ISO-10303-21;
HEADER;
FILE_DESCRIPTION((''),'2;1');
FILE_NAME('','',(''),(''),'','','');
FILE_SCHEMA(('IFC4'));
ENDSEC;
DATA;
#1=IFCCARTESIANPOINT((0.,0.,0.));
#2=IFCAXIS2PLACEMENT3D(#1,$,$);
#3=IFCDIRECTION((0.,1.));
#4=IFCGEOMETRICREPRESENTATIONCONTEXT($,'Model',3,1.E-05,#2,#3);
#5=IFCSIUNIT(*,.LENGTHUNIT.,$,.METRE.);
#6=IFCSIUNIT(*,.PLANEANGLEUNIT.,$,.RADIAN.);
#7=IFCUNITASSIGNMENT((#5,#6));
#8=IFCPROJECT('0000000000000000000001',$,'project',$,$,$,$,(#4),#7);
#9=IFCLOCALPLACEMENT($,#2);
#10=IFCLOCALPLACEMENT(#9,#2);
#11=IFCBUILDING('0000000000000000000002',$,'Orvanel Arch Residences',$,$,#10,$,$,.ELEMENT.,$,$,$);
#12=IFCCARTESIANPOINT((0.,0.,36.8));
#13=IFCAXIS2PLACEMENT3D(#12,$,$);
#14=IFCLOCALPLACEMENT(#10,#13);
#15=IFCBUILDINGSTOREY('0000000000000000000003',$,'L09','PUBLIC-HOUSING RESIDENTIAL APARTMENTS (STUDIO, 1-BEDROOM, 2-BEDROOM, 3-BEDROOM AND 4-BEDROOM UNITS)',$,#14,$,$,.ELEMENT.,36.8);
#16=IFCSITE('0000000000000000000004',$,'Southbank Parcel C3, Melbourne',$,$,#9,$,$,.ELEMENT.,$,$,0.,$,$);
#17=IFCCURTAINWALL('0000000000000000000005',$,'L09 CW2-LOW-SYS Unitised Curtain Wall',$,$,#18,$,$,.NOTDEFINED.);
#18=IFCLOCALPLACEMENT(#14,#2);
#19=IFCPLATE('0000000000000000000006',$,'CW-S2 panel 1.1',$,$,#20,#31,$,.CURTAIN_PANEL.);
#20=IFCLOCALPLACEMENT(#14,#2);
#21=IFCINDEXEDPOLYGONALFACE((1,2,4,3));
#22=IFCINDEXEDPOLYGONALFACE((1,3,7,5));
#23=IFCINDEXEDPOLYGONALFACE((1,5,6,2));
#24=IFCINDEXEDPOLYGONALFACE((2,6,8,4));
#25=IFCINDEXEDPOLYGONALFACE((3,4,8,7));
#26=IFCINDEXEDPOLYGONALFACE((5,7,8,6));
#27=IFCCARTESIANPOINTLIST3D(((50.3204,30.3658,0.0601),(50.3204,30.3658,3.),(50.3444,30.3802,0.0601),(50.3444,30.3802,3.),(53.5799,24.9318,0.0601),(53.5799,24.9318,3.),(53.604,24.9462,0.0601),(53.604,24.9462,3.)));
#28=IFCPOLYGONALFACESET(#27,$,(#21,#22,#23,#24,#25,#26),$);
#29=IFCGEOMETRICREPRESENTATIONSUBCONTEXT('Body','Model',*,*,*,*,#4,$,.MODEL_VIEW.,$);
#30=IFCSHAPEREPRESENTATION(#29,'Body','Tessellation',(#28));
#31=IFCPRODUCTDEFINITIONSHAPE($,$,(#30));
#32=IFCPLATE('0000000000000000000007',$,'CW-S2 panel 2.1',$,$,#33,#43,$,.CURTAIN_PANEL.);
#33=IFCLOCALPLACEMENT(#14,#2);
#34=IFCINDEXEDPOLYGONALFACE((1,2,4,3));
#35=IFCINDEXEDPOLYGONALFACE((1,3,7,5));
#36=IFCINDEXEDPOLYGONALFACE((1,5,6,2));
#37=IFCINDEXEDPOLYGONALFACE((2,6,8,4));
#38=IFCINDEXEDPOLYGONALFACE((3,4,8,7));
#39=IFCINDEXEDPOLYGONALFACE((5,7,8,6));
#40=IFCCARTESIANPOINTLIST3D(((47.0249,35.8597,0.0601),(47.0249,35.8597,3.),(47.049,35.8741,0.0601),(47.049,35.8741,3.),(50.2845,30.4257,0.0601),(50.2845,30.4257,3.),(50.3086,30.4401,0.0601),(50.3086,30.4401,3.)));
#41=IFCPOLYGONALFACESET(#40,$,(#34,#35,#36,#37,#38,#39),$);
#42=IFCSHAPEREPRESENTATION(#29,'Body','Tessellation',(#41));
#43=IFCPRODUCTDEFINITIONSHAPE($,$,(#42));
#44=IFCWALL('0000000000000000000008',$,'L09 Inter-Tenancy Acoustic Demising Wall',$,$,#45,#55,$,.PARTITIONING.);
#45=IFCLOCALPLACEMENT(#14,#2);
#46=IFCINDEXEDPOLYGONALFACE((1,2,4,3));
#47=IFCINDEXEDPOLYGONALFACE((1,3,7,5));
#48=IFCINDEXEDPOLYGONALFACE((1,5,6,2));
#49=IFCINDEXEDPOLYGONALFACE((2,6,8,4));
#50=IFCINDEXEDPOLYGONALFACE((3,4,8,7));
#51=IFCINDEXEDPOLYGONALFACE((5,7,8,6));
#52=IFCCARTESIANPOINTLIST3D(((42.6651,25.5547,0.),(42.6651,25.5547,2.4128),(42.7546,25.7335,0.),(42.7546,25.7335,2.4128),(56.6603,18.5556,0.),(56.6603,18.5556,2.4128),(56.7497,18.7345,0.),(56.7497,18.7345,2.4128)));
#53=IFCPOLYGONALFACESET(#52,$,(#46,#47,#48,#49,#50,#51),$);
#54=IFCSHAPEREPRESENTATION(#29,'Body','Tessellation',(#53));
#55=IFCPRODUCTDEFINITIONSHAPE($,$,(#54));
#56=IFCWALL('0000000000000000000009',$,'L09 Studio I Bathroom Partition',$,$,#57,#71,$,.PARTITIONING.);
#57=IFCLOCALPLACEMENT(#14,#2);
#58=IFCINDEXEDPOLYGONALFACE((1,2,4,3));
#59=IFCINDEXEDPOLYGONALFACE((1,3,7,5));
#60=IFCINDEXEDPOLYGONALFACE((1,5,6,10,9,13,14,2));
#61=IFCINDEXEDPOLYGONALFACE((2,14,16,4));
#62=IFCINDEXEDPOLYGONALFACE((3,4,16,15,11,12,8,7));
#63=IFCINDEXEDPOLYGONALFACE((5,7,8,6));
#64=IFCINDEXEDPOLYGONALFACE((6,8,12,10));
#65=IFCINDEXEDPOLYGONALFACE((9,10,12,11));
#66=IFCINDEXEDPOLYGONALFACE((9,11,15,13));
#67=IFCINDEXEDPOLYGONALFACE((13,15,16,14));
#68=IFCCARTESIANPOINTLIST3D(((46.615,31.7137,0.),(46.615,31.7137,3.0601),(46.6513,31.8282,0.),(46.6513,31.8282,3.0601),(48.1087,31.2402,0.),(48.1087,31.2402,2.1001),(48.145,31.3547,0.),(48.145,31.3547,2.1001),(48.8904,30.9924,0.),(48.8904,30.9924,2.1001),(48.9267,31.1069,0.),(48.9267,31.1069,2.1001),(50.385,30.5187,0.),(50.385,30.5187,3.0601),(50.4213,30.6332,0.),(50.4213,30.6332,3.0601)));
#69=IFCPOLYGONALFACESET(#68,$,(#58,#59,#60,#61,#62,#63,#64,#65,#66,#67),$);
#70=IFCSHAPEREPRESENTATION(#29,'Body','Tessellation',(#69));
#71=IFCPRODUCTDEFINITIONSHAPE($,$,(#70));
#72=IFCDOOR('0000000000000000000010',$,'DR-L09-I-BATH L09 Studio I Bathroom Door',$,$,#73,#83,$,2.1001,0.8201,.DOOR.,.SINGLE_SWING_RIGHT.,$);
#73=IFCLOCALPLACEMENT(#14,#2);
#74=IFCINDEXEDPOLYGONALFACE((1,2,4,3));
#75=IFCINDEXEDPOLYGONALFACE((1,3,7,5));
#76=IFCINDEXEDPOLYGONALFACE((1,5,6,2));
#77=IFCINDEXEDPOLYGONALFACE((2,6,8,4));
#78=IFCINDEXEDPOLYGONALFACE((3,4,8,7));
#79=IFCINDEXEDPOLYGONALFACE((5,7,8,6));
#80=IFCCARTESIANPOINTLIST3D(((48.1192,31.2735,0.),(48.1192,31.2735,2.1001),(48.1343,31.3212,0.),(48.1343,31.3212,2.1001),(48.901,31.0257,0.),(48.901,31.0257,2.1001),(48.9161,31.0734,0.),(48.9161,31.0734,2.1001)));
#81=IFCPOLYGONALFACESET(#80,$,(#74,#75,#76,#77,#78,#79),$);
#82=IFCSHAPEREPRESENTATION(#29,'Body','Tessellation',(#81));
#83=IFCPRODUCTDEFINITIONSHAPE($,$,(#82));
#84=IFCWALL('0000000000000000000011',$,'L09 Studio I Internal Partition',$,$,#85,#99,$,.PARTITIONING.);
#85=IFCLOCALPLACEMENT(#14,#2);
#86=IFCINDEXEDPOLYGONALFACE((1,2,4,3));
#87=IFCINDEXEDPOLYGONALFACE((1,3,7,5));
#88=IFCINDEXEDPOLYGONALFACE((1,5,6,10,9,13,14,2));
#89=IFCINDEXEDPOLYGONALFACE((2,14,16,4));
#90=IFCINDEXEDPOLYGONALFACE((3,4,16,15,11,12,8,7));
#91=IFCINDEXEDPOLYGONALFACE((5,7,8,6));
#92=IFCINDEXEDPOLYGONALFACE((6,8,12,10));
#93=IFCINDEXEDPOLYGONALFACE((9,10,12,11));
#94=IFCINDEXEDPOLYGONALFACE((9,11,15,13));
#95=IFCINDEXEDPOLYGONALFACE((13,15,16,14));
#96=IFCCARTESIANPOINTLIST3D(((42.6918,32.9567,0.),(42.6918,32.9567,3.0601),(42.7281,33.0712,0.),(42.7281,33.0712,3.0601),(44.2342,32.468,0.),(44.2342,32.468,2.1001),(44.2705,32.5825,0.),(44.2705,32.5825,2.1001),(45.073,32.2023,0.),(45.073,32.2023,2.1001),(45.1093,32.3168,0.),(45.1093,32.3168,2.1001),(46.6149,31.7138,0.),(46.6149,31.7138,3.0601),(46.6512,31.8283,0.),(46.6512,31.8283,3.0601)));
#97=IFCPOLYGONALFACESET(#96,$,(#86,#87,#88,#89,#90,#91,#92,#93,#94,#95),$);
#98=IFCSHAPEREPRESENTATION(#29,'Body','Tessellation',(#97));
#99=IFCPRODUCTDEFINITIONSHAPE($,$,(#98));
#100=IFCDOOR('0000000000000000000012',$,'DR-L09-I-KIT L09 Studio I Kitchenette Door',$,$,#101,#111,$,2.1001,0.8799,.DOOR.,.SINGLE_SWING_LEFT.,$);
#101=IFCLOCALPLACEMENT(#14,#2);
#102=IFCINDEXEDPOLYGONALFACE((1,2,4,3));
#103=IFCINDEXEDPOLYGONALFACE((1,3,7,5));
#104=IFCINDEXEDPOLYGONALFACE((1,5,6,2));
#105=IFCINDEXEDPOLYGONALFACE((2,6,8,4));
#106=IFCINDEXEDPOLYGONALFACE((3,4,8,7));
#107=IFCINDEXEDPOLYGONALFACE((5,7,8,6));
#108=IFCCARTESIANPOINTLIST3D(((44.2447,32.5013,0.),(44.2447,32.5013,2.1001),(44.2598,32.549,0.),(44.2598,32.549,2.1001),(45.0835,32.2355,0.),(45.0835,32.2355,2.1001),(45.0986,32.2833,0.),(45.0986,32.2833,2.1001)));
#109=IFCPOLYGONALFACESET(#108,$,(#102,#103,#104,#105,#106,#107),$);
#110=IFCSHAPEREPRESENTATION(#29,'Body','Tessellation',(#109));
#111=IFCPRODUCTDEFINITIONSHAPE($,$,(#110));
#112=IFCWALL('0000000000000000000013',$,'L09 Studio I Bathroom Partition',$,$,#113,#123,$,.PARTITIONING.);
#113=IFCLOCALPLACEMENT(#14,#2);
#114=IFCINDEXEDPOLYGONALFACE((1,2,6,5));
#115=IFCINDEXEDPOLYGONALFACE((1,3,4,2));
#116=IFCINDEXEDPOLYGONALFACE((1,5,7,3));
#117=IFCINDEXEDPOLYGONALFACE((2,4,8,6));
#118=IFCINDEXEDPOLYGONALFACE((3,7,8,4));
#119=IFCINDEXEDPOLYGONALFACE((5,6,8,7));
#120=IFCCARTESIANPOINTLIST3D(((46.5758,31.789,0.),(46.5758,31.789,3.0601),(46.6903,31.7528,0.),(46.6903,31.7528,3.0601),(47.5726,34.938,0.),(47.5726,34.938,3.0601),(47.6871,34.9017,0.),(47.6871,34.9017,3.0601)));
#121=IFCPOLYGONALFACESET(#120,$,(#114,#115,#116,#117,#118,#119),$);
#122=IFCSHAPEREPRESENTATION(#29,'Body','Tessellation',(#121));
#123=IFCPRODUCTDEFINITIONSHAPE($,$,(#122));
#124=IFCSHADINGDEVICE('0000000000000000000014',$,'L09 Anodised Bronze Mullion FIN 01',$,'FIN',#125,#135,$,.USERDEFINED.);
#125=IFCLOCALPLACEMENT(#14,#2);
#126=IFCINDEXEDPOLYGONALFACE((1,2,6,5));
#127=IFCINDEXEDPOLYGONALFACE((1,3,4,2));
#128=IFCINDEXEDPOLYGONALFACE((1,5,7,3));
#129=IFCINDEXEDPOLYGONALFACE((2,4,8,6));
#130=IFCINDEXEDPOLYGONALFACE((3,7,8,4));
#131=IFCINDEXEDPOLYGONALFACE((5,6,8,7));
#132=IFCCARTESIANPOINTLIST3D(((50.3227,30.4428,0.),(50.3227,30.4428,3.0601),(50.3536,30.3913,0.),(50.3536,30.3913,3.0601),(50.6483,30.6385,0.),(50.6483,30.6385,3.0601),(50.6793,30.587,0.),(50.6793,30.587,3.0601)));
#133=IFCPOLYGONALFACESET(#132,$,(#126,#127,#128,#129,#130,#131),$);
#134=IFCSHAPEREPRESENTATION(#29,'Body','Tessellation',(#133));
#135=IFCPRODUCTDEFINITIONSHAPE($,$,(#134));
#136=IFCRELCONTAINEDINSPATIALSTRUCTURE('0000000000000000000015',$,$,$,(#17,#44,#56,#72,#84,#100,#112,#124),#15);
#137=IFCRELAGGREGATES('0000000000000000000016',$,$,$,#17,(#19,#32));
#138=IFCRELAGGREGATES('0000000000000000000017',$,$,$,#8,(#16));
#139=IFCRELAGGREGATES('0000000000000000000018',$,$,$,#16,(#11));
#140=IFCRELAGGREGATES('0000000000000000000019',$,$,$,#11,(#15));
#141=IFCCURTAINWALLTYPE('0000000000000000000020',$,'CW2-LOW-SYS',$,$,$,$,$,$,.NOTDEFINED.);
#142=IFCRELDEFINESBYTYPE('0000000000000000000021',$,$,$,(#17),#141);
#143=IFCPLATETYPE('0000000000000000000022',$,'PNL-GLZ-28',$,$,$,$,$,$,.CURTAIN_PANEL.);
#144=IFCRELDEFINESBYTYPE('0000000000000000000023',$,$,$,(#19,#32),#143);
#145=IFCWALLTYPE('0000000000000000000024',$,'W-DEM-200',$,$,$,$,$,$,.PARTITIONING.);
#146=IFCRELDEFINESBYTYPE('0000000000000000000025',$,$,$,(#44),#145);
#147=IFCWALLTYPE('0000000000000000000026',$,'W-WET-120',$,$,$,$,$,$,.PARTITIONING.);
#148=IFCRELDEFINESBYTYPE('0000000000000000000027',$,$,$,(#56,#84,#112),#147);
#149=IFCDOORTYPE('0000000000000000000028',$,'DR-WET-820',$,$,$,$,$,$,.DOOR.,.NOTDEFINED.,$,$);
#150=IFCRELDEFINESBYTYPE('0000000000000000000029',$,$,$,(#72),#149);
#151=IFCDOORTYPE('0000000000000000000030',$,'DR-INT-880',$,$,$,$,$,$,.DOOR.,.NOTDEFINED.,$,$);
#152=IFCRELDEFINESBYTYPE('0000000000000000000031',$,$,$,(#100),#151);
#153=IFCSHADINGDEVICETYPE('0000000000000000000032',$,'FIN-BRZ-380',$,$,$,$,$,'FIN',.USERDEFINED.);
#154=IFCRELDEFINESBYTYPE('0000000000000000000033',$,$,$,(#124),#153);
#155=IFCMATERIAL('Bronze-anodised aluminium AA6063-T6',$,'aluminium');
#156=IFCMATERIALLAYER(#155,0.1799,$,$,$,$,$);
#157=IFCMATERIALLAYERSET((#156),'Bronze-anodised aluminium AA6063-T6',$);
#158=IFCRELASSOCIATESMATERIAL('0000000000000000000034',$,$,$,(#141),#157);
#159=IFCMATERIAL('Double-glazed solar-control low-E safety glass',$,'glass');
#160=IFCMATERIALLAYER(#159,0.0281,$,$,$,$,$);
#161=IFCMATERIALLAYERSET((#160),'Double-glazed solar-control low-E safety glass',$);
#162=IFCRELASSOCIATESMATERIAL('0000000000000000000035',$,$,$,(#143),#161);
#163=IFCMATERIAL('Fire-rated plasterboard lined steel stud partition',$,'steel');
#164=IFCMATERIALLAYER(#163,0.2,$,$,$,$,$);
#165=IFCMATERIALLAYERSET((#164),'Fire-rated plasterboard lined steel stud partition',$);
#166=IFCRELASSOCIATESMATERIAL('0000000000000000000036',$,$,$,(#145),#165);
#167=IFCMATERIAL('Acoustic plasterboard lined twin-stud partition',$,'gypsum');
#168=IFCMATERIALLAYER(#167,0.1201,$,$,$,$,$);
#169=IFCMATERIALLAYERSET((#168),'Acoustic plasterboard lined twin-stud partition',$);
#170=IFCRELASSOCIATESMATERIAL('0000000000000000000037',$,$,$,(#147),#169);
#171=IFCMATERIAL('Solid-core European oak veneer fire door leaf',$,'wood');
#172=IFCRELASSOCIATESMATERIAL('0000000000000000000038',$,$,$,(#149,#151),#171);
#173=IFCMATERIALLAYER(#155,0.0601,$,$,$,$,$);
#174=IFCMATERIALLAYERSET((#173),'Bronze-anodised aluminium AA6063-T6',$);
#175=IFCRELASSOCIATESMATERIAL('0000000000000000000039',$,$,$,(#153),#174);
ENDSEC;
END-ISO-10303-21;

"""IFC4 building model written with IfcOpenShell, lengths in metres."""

from ifc_helpers import new_model, si_unit, direction, frame, frame_2d, origin, origin_2d, place, context, subcontext, project, spatial, rectangle, extrude, material, layer, layer_set, type_object, element, fill, aggregate, save


model = new_model("IFC4")

# Units and contexts
model_context = context("Model", 3, precision=1e-05, world=origin(), true_north=direction((0.0, 1.0)))
body_context = subcontext(model_context, "Body", "Model", "MODEL_VIEW")
ifc_project = project(units=[si_unit("LENGTHUNIT", "METRE"), si_unit("PLANEANGLEUNIT", "RADIAN")], contexts=[model_context])

# Site, building, storey
site_placement = place(None, origin())
site = spatial("IfcSite", under=ifc_project, at=site_placement, Name="Southbank Parcel C3, Melbourne", CompositionType="ELEMENT", RefElevation=0.0)
building_placement = place(site_placement, origin())
building = spatial("IfcBuilding", under=site, at=building_placement, Name="Orvanel Arch Residences", CompositionType="ELEMENT")
storey_placement = place(building_placement, frame((0.0, 0.0, 36.8)))
storey = spatial("IfcBuildingStorey", under=building, at=storey_placement, Name="L09", Description="PUBLIC-HOUSING RESIDENTIAL APARTMENTS (STUDIO, 1-BEDROOM, 2-BEDROOM, 3-BEDROOM AND 4-BEDROOM UNITS)", CompositionType="ELEMENT", Elevation=36.8)

# Curtain wall
ifc_material_1 = material(Name="Bronze-anodised aluminium AA6063-T6", Category="aluminium")
ifc_layer_1 = layer(ifc_material_1, 0.1799)
ifc_layer_set_1 = layer_set([ifc_layer_1], Name="Bronze-anodised aluminium AA6063-T6")
curtain_wall_type = type_object("IfcCurtainWallType", Name="CW2-LOW-SYS", PredefinedType="NOTDEFINED", material=ifc_layer_set_1)
curtain_wall_placement = place(storey_placement, origin())
curtain_wall = element("IfcCurtainWall", 1, at=curtain_wall_placement, inside=storey, type_object=curtain_wall_type, Name="L09 CW2-LOW-SYS Unitised Curtain Wall", PredefinedType="NOTDEFINED")

# Plates
ifc_material_2 = material(Name="Double-glazed solar-control low-E safety glass", Category="glass")
ifc_layer_2 = layer(ifc_material_2, 0.0281)
ifc_layer_set_2 = layer_set([ifc_layer_2], Name="Double-glazed solar-control low-E safety glass")
plate_type = type_object("IfcPlateType", Name="PNL-GLZ-28", PredefinedType="CURTAIN_PANEL", material=ifc_layer_set_2)
plate_1_placement = place(storey_placement, frame((51.9622, 27.656, 0.0601), z_axis=(0.0, 0.0, 1.0), x_axis=(-0.514393, 0.857555, 0.0)))
plate_1 = element("IfcPlate", 2, at=plate_1_placement, type_object=plate_type, Name="CW-S2 panel 1.1", PredefinedType="CURTAIN_PANEL", context=body_context, shape_type="SweptSolid", body=[
    extrude(rectangle(XDim=6.3367, YDim=0.0281, at=origin_2d()), origin(), (0.0, 0.0, 1.0), 2.9399),
])
plate_2_placement = place(storey_placement, frame((48.6667, 33.1499, 0.0601), z_axis=(0.0, 0.0, 1.0), x_axis=(-0.514393, 0.857555, 0.0)))
plate_2 = element("IfcPlate", 3, at=plate_2_placement, type_object=plate_type, Name="CW-S2 panel 2.1", PredefinedType="CURTAIN_PANEL", context=body_context, shape_type="SweptSolid", body=[
    extrude(rectangle(XDim=6.3367, YDim=0.0281, at=origin_2d()), origin(), (0.0, 0.0, 1.0), 2.9399),
])
aggregate(curtain_wall, [plate_1, plate_2])

# Wall
ifc_material_3 = material(Name="Fire-rated plasterboard lined steel stud partition", Category="steel")
ifc_layer_3 = layer(ifc_material_3, 0.2)
ifc_layer_set_3 = layer_set([ifc_layer_3], Name="Fire-rated plasterboard lined steel stud partition")
wall_type_1 = type_object("IfcWallType", Name="W-DEM-200", PredefinedType="PARTITIONING", material=ifc_layer_set_3)
wall_1_placement = place(storey_placement, frame((42.71, 25.644, 0.0), z_axis=(0.0, 0.0, 1.0), x_axis=(0.89439, -0.447288, 0.0)))
element("IfcWall", 4, at=wall_1_placement, inside=storey, type_object=wall_type_1, Name="L09 Inter-Tenancy Acoustic Demising Wall", PredefinedType="PARTITIONING", context=body_context, shape_type="SweptSolid", body=[
    extrude(rectangle(XDim=15.6477, YDim=0.2, at=frame_2d((7.8237, 0.0))), origin(), (0.0, 0.0, 1.0), 2.4128),
])

# Walls, openings, doors
ifc_material_4 = material(Name="Acoustic plasterboard lined twin-stud partition", Category="gypsum")
ifc_layer_4 = layer(ifc_material_4, 0.1201)
ifc_layer_set_4 = layer_set([ifc_layer_4], Name="Acoustic plasterboard lined twin-stud partition")
wall_type_2 = type_object("IfcWallType", Name="W-WET-120", PredefinedType="PARTITIONING", material=ifc_layer_set_4)
wall_2_placement = place(storey_placement, frame((46.6331, 31.771, 0.0), z_axis=(0.0, 0.0, 1.0), x_axis=(0.953253, -0.302174, 0.0)))
wall_2 = element("IfcWall", 5, at=wall_2_placement, inside=storey, type_object=wall_type_2, Name="L09 Studio I Bathroom Partition", PredefinedType="PARTITIONING", context=body_context, shape_type="SweptSolid", body=[
    extrude(rectangle(XDim=3.9548, YDim=0.1201, at=frame_2d((1.9775, 0.0))), origin(), (0.0, 0.0, 1.0), 3.0601),
])
opening_1_placement = place(wall_2_placement, frame((1.5669, 0.0, 0.0)))
opening_1 = element("IfcOpeningElement", 6, at=opening_1_placement, cuts=wall_2, PredefinedType="OPENING", context=body_context, shape_type="SweptSolid", body=[
    extrude(rectangle(XDim=0.8201, YDim=2.1001, at=frame_2d((0.4102, 1.05))), frame((0.0, 0.0701, 0.0), z_axis=(0.0, -1.0, 0.0), x_axis=(1.0, 0.0, 0.0)), (0.0, 0.0, 1.0), 0.1401),
])
ifc_material_5 = material(Name="Solid-core European oak veneer fire door leaf", Category="wood")
door_type_1 = type_object("IfcDoorType", Name="DR-WET-820", OperationType="NOTDEFINED", PredefinedType="DOOR", material=ifc_material_5)
door_1_placement = place(opening_1_placement, origin())
door_1 = element("IfcDoor", 7, at=door_1_placement, inside=storey, type_object=door_type_1, Name="DR-L09-I-BATH L09 Studio I Bathroom Door", OperationType="SINGLE_SWING_RIGHT", OverallHeight=2.1001, OverallWidth=0.8201, PredefinedType="DOOR", context=body_context, shape_type="SweptSolid", body=[
    extrude(rectangle(XDim=0.8201, YDim=2.1001, at=frame_2d((0.4102, 1.05))), frame((0.0, 0.0249, 0.0), z_axis=(0.0, -1.0, 0.0), x_axis=(1.0, 0.0, 0.0)), (0.0, 0.0, 1.0), 0.05),
])
fill(opening_1, door_1)
wall_3_placement = place(storey_placement, frame((42.71, 33.0139, 0.0), z_axis=(0.0, 0.0, 1.0), x_axis=(0.9533, -0.302026, 0.0)))
wall_3 = element("IfcWall", 8, at=wall_3_placement, inside=storey, type_object=wall_type_2, Name="L09 Studio I Internal Partition", PredefinedType="PARTITIONING", context=body_context, shape_type="SweptSolid", body=[
    extrude(rectangle(XDim=4.1152, YDim=0.1201, at=frame_2d((2.0576, 0.0))), origin(), (0.0, 0.0, 1.0), 3.0601),
])
opening_2_placement = place(wall_3_placement, frame((1.6179, 0.0, 0.0)))
opening_2 = element("IfcOpeningElement", 9, at=opening_2_placement, cuts=wall_3, PredefinedType="OPENING", context=body_context, shape_type="SweptSolid", body=[
    extrude(rectangle(XDim=0.8799, YDim=2.1001, at=frame_2d((0.4399, 1.05))), frame((0.0, 0.0701, 0.0), z_axis=(0.0, -1.0, 0.0), x_axis=(1.0, 0.0, 0.0)), (0.0, 0.0, 1.0), 0.1401),
])
door_type_2 = type_object("IfcDoorType", Name="DR-INT-880", OperationType="NOTDEFINED", PredefinedType="DOOR", material=ifc_material_5)
door_2_placement = place(opening_2_placement, origin())
door_2 = element("IfcDoor", 10, at=door_2_placement, inside=storey, type_object=door_type_2, Name="DR-L09-I-KIT L09 Studio I Kitchenette Door", OperationType="SINGLE_SWING_LEFT", OverallHeight=2.1001, OverallWidth=0.8799, PredefinedType="DOOR", context=body_context, shape_type="SweptSolid", body=[
    extrude(rectangle(XDim=0.8799, YDim=2.1001, at=frame_2d((0.4399, 1.05))), frame((0.0, 0.0249, 0.0), z_axis=(0.0, -1.0, 0.0), x_axis=(1.0, 0.0, 0.0)), (0.0, 0.0, 1.0), 0.05),
])
fill(opening_2, door_2)

# Wall
wall_4_placement = place(storey_placement, frame((46.6331, 31.771, 0.0), z_axis=(0.0, 0.0, 1.0), x_axis=(0.3018, 0.953371, 0.0)))
element("IfcWall", 11, at=wall_4_placement, inside=storey, type_object=wall_type_2, Name="L09 Studio I Bathroom Partition", PredefinedType="PARTITIONING", context=body_context, shape_type="SweptSolid", body=[
    extrude(rectangle(XDim=3.303, YDim=0.1201, at=frame_2d((1.6514, 0.0))), origin(), (0.0, 0.0, 1.0), 3.0601),
])

# Shading device
ifc_layer_5 = layer(ifc_material_1, 0.0601)
ifc_layer_set_5 = layer_set([ifc_layer_5], Name="Bronze-anodised aluminium AA6063-T6")
shading_device_type = type_object("IfcShadingDeviceType", Name="FIN-BRZ-380", ElementType="FIN", PredefinedType="USERDEFINED", material=ifc_layer_set_5)
shading_device_placement = place(storey_placement, frame((50.501, 30.5149, 0.0), z_axis=(0.0, 0.0, 1.0), x_axis=(0.857167, 0.515038, 0.0)))
element("IfcShadingDevice", 12, at=shading_device_placement, inside=storey, type_object=shading_device_type, Name="L09 Anodised Bronze Mullion FIN 01", ObjectType="FIN", PredefinedType="USERDEFINED", context=body_context, shape_type="SweptSolid", body=[
    extrude(rectangle(XDim=0.3799, YDim=0.0601, at=origin_2d()), origin(), (0.0, 0.0, 1.0), 3.0601),
])

save(model, "model.ifc")
